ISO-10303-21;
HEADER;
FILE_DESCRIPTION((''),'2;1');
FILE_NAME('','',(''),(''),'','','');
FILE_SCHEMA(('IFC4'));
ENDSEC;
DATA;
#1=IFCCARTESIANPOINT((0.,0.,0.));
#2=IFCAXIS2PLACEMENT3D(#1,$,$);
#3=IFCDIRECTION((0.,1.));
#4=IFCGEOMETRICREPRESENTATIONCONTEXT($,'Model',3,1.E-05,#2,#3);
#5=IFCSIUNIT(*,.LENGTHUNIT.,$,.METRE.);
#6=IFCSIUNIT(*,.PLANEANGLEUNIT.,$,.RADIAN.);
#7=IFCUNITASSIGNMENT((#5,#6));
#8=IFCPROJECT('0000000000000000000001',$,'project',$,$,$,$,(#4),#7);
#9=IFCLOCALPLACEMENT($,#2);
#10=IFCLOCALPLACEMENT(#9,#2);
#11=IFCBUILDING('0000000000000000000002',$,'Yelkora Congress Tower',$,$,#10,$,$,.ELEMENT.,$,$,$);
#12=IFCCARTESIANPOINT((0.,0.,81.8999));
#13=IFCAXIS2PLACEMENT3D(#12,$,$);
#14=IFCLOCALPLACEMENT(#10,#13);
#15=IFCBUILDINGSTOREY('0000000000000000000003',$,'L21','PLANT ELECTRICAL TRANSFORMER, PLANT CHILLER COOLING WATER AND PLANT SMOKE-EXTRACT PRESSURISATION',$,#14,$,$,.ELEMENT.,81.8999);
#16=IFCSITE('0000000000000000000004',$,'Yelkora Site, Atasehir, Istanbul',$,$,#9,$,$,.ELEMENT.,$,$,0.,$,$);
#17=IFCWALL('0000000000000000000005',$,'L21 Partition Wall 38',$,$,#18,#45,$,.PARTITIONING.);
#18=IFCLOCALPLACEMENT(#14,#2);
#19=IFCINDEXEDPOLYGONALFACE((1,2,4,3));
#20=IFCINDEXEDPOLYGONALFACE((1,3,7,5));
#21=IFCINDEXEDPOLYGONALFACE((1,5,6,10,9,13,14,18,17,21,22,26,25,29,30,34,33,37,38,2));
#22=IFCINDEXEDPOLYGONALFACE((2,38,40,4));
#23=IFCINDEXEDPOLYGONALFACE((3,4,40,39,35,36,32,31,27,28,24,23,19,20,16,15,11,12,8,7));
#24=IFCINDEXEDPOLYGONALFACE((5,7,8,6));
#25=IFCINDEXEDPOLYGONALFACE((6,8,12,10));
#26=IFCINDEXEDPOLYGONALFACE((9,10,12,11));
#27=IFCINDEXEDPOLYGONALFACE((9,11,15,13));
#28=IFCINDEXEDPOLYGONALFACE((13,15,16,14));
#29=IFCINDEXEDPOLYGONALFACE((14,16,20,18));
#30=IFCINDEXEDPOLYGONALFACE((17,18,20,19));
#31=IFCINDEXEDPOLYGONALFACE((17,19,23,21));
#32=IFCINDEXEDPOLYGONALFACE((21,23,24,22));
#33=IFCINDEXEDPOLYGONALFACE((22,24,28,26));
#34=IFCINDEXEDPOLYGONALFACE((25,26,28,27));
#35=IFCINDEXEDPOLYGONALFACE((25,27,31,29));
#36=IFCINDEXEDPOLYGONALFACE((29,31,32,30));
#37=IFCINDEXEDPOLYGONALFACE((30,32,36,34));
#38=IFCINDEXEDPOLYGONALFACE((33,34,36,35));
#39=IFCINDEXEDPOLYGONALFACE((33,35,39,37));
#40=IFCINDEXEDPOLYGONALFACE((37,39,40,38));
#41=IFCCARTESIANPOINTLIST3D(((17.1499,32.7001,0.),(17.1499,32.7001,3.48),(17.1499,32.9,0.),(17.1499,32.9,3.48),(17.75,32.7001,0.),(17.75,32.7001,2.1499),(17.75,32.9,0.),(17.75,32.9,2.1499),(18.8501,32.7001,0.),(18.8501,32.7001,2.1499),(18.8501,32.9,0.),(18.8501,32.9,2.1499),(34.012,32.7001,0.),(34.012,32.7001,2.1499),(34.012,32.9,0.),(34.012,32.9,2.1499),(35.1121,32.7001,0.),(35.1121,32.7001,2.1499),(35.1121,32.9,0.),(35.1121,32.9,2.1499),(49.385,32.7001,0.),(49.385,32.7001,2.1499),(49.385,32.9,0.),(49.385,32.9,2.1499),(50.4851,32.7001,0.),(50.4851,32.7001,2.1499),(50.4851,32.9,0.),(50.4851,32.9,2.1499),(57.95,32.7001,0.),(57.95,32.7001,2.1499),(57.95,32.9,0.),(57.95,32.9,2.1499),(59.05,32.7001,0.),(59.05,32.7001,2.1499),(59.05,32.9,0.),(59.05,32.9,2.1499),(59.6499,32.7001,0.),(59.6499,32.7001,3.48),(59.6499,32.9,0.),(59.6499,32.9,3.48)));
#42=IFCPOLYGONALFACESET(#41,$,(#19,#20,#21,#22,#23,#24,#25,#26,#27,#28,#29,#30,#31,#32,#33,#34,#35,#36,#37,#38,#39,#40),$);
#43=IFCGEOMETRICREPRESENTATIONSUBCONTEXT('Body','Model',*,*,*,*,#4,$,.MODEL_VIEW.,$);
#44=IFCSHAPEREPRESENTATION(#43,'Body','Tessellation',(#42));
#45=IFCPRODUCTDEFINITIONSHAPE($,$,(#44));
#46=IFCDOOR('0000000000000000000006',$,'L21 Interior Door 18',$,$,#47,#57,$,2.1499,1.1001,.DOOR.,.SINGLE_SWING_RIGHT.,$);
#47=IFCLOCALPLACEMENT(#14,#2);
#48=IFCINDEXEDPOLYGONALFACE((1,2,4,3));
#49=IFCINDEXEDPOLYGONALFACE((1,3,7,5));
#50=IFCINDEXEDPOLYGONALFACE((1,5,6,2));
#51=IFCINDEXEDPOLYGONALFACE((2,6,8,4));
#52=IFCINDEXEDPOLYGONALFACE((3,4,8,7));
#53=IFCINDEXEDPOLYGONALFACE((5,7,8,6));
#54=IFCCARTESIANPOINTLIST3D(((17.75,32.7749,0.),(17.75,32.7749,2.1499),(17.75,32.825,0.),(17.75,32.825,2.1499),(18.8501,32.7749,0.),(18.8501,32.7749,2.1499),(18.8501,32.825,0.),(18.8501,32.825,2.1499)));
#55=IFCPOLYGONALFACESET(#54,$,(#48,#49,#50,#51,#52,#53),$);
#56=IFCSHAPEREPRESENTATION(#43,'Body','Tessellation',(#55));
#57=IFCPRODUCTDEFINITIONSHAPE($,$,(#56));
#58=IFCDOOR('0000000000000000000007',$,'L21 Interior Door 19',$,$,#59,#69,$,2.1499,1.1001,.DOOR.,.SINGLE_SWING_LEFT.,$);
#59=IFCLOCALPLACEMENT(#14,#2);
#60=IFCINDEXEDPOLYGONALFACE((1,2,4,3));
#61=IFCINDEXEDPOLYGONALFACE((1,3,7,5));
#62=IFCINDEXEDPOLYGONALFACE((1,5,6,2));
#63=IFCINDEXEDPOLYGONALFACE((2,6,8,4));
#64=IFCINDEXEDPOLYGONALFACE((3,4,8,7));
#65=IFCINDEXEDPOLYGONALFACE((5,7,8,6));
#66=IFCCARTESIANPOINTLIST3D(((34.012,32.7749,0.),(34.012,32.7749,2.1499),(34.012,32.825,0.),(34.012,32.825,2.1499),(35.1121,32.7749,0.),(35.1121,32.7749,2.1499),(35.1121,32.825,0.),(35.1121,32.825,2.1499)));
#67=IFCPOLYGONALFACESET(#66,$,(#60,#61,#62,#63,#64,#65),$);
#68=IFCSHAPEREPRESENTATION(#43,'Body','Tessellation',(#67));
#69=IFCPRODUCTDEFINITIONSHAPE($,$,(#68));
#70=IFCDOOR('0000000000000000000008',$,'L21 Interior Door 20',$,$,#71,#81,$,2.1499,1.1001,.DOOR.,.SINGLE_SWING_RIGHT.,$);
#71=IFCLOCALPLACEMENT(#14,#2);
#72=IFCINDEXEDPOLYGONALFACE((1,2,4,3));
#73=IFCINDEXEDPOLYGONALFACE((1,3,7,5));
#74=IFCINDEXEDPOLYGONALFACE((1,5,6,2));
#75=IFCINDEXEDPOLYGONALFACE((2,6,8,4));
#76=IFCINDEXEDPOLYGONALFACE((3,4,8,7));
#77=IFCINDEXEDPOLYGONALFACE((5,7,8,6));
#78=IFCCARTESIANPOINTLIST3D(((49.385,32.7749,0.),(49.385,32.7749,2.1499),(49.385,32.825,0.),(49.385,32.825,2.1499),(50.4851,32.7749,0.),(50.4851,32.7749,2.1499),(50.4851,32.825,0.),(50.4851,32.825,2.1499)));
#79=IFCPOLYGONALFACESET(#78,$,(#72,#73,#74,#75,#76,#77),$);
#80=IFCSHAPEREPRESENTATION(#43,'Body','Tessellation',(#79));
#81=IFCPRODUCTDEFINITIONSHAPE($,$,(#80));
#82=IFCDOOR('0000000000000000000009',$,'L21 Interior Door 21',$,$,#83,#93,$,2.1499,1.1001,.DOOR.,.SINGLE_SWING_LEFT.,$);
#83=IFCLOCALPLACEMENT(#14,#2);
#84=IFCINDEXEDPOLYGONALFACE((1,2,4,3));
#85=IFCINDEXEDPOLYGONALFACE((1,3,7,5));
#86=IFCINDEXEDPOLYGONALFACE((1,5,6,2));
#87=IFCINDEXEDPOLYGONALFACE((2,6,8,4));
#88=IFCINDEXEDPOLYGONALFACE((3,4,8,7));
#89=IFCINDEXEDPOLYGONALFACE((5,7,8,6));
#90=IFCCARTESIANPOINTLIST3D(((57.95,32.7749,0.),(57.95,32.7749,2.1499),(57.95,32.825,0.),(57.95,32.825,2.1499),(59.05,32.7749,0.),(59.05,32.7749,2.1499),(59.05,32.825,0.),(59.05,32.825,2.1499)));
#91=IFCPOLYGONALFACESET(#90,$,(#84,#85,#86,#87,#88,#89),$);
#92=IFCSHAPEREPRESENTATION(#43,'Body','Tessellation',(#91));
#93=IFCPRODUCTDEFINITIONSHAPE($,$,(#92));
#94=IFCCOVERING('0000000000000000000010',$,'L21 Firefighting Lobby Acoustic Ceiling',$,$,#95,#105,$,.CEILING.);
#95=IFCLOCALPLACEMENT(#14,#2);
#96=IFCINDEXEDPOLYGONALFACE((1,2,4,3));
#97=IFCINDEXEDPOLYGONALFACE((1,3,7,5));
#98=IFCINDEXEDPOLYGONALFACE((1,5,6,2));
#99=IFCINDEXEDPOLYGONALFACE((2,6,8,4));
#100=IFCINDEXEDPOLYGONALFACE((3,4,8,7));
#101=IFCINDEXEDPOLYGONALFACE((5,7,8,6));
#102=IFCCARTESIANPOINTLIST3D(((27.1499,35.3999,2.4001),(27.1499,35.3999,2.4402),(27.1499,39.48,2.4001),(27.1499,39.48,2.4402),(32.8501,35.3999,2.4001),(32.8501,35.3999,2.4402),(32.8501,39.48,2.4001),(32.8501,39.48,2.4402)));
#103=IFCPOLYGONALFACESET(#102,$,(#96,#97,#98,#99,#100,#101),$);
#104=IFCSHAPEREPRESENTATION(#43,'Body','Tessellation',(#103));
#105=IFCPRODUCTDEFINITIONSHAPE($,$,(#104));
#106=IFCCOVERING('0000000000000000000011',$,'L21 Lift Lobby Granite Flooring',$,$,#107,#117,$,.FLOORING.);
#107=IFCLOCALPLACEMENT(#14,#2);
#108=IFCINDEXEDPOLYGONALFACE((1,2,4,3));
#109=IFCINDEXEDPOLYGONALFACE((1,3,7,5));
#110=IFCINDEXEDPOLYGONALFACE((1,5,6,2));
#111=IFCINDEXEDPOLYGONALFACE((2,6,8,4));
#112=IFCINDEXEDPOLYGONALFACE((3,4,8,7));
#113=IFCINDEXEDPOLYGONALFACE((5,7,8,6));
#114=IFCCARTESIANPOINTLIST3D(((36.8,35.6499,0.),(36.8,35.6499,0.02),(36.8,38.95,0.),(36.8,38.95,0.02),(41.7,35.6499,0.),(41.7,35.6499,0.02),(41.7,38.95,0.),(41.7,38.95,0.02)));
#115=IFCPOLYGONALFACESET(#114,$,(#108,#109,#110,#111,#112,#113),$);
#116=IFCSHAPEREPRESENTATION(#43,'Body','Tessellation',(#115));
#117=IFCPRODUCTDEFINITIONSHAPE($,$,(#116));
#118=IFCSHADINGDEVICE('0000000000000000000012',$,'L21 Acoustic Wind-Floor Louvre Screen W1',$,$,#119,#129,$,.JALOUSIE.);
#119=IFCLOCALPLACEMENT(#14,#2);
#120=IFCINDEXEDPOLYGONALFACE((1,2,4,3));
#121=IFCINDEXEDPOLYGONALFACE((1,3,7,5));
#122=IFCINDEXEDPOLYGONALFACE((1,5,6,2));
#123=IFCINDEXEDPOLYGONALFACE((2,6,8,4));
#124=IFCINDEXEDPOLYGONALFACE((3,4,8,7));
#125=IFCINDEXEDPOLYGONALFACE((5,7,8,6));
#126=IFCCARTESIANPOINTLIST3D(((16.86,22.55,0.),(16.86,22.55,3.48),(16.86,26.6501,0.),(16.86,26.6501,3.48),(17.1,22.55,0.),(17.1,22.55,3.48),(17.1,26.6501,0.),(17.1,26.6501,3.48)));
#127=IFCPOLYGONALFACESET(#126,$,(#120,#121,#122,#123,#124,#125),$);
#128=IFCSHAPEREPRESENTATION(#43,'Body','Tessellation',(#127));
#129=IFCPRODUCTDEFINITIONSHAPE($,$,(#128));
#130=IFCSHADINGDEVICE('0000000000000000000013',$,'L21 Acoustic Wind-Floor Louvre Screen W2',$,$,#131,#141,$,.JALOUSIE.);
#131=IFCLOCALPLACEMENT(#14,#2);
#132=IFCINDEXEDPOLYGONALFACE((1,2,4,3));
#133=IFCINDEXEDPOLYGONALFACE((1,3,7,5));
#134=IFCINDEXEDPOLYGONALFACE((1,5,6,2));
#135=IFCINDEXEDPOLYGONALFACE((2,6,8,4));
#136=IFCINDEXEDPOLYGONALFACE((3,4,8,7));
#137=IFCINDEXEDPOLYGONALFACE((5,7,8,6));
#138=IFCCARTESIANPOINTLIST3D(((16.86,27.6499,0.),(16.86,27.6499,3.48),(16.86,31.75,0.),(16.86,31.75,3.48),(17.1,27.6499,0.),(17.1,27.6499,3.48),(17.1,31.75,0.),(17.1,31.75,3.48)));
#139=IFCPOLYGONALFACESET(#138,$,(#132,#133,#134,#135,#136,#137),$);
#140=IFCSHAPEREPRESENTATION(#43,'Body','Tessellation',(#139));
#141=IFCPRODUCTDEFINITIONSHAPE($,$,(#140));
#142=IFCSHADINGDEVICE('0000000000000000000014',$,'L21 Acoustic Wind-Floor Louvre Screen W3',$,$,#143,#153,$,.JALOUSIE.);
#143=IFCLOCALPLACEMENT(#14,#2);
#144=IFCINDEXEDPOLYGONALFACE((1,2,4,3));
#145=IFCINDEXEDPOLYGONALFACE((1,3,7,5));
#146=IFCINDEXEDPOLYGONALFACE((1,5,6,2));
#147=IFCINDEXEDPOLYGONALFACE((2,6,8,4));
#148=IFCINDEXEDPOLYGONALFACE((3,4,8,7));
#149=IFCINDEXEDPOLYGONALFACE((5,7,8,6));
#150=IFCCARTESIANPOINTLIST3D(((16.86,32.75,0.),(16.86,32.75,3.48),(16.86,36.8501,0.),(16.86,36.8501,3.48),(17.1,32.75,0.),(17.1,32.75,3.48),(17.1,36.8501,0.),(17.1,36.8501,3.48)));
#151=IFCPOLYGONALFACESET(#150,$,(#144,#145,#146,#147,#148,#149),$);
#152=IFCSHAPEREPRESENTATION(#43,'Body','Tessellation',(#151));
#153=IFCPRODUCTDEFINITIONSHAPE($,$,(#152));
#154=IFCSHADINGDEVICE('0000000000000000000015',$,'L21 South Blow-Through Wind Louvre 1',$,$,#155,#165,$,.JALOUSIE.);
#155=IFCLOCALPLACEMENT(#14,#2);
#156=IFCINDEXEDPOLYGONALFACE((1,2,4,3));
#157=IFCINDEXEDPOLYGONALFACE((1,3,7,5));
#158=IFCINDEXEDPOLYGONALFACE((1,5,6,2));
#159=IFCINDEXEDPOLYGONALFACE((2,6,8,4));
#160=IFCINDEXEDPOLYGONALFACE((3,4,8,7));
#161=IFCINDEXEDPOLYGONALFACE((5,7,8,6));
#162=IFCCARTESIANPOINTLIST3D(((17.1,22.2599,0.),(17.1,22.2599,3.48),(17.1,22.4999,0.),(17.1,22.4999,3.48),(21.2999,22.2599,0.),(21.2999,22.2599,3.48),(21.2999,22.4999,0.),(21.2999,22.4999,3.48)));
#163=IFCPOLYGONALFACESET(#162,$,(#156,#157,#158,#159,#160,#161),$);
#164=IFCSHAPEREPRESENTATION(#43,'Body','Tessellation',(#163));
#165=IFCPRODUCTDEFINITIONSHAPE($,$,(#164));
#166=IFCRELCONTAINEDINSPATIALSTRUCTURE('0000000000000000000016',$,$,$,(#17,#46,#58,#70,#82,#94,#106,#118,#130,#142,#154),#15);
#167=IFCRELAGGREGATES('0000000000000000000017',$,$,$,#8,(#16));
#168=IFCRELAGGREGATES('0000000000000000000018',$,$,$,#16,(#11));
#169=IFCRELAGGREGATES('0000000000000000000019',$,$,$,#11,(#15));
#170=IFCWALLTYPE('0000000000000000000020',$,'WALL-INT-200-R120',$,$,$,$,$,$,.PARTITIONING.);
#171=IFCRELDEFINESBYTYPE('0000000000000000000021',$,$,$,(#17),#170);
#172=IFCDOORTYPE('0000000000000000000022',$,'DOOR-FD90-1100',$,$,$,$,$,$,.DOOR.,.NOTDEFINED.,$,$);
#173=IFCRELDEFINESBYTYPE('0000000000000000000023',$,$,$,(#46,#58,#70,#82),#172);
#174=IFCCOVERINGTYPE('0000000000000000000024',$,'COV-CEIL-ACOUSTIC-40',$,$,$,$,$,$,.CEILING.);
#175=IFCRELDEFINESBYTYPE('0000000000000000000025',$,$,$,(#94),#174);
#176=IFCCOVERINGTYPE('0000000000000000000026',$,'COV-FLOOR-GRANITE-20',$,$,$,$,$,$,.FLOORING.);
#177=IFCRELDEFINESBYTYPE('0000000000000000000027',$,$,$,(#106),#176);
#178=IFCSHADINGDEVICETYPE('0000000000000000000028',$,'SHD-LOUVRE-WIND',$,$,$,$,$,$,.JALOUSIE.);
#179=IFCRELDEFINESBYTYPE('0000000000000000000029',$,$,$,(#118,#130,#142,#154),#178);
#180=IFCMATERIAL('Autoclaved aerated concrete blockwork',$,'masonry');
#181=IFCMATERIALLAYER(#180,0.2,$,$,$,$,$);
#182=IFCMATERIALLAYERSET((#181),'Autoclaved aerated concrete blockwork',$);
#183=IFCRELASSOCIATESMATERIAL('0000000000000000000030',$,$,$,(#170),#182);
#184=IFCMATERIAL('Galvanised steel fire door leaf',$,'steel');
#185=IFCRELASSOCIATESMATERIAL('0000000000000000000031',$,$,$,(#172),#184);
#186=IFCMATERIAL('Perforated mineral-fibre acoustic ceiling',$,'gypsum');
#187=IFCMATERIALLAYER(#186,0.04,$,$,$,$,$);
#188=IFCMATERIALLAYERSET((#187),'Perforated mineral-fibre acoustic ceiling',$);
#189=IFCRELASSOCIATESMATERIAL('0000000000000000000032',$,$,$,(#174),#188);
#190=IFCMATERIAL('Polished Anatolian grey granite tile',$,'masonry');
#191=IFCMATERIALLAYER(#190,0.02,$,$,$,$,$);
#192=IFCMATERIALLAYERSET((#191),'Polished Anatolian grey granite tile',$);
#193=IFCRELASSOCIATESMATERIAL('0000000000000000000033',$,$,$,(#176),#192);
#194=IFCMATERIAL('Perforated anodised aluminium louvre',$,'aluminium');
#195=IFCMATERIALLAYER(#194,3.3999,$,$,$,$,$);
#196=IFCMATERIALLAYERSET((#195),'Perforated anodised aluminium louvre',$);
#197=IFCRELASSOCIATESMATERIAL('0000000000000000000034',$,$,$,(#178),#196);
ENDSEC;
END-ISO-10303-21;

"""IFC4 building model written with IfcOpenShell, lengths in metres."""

from ifc_helpers import new_model, si_unit, direction, frame, frame_2d, origin, origin_2d, place, context, subcontext, project, spatial, polyline, rectangle, outline, extrude, material, layer, layer_set, type_object, element, fill, save


model = new_model("IFC4")

# Units and contexts
model_context = context("Model", 3, precision=1e-05, world=origin(), true_north=direction((0.0, 1.0)))
body_context = subcontext(model_context, "Body", "Model", "MODEL_VIEW")
ifc_project = project(units=[si_unit("LENGTHUNIT", "METRE"), si_unit("PLANEANGLEUNIT", "RADIAN")], contexts=[model_context])

# Site, building, storey
site_placement = place(None, origin())
site = spatial("IfcSite", under=ifc_project, at=site_placement, Name="Yelkora Site, Atasehir, Istanbul", CompositionType="ELEMENT", RefElevation=0.0)
building_placement = place(site_placement, origin())
building = spatial("IfcBuilding", under=site, at=building_placement, Name="Yelkora Congress Tower", CompositionType="ELEMENT")
storey_placement = place(building_placement, frame((0.0, 0.0, 81.8999)))
storey = spatial("IfcBuildingStorey", under=building, at=storey_placement, Name="L21", Description="PLANT ELECTRICAL TRANSFORMER, PLANT CHILLER COOLING WATER AND PLANT SMOKE-EXTRACT PRESSURISATION", CompositionType="ELEMENT", Elevation=81.8999)

# Shared definitions
ifc_material_1 = material(Name="Autoclaved aerated concrete blockwork", Category="masonry")
ifc_layer_1 = layer(ifc_material_1, 0.2)
ifc_layer_set_1 = layer_set([ifc_layer_1], Name="Autoclaved aerated concrete blockwork")
wall_type_1 = type_object("IfcWallType", Name="WALL-INT-200-R120", PredefinedType="PARTITIONING", material=ifc_layer_set_1)

# Wall, openings, doors
wall_1_placement = place(storey_placement, frame((17.1499, 32.8, 0.0), z_axis=(0.0, 0.0, 1.0), x_axis=(1.0, 0.0, 0.0)))
wall_1 = element("IfcWall", 1, at=wall_1_placement, inside=storey, type_object=wall_type_1, Name="L21 Partition Wall 38", PredefinedType="PARTITIONING", context=body_context, shape_type="SweptSolid", body=[
    extrude(rectangle(XDim=42.5, YDim=0.2, at=frame_2d((21.25, 0.0))), origin(), (0.0, 0.0, 1.0), 3.48),
])
opening_1_placement = place(wall_1_placement, frame((0.6001, 0.0, 0.0)))
opening_1 = element("IfcOpeningElement", 2, at=opening_1_placement, cuts=wall_1, PredefinedType="OPENING", context=body_context, shape_type="SweptSolid", body=[
    extrude(rectangle(XDim=1.1001, YDim=2.1499, at=frame_2d((0.55, 1.075))), frame((0.0, 0.1099, 0.0), z_axis=(0.0, -1.0, 0.0), x_axis=(1.0, 0.0, 0.0)), (0.0, 0.0, 1.0), 0.22),
])
opening_2_placement = place(wall_1_placement, frame((16.8621, 0.0, 0.0)))
opening_2 = element("IfcOpeningElement", 3, at=opening_2_placement, cuts=wall_1, PredefinedType="OPENING", context=body_context, shape_type="SweptSolid", body=[
    extrude(rectangle(XDim=1.1001, YDim=2.1499, at=frame_2d((0.55, 1.075))), frame((0.0, 0.1099, 0.0), z_axis=(0.0, -1.0, 0.0), x_axis=(1.0, 0.0, 0.0)), (0.0, 0.0, 1.0), 0.22),
])
opening_3_placement = place(wall_1_placement, frame((32.2351, 0.0, 0.0)))
opening_3 = element("IfcOpeningElement", 4, at=opening_3_placement, cuts=wall_1, PredefinedType="OPENING", context=body_context, shape_type="SweptSolid", body=[
    extrude(rectangle(XDim=1.1001, YDim=2.1499, at=frame_2d((0.55, 1.075))), frame((0.0, 0.1099, 0.0), z_axis=(0.0, -1.0, 0.0), x_axis=(1.0, 0.0, 0.0)), (0.0, 0.0, 1.0), 0.22),
])
opening_4_placement = place(wall_1_placement, frame((40.8, 0.0, 0.0)))
opening_4 = element("IfcOpeningElement", 5, at=opening_4_placement, cuts=wall_1, PredefinedType="OPENING", context=body_context, shape_type="SweptSolid", body=[
    extrude(rectangle(XDim=1.1001, YDim=2.1499, at=frame_2d((0.55, 1.075))), frame((0.0, 0.1099, 0.0), z_axis=(0.0, -1.0, 0.0), x_axis=(1.0, 0.0, 0.0)), (0.0, 0.0, 1.0), 0.22),
])
ifc_material_2 = material(Name="Galvanised steel fire door leaf", Category="steel")
door_type = type_object("IfcDoorType", Name="DOOR-FD90-1100", OperationType="NOTDEFINED", PredefinedType="DOOR", material=ifc_material_2)
door_1_placement = place(opening_1_placement, origin())
door_1 = element("IfcDoor", 6, at=door_1_placement, inside=storey, type_object=door_type, Name="L21 Interior Door 18", OperationType="SINGLE_SWING_RIGHT", OverallHeight=2.1499, OverallWidth=1.1001, PredefinedType="DOOR", context=body_context, shape_type="SweptSolid", body=[
    extrude(rectangle(XDim=1.1001, YDim=2.1499, at=frame_2d((0.55, 1.075))), frame((0.0, 0.0249, 0.0), z_axis=(0.0, -1.0, 0.0), x_axis=(1.0, 0.0, 0.0)), (0.0, 0.0, 1.0), 0.05),
])
fill(opening_1, door_1)
door_2_placement = place(opening_2_placement, origin())
door_2 = element("IfcDoor", 7, at=door_2_placement, inside=storey, type_object=door_type, Name="L21 Interior Door 19", OperationType="SINGLE_SWING_LEFT", OverallHeight=2.1499, OverallWidth=1.1001, PredefinedType="DOOR", context=body_context, shape_type="SweptSolid", body=[
    extrude(rectangle(XDim=1.1001, YDim=2.1499, at=frame_2d((0.55, 1.075))), frame((0.0, 0.0249, 0.0), z_axis=(0.0, -1.0, 0.0), x_axis=(1.0, 0.0, 0.0)), (0.0, 0.0, 1.0), 0.05),
])
fill(opening_2, door_2)
door_3_placement = place(opening_3_placement, origin())
door_3 = element("IfcDoor", 8, at=door_3_placement, inside=storey, type_object=door_type, Name="L21 Interior Door 20", OperationType="SINGLE_SWING_RIGHT", OverallHeight=2.1499, OverallWidth=1.1001, PredefinedType="DOOR", context=body_context, shape_type="SweptSolid", body=[
    extrude(rectangle(XDim=1.1001, YDim=2.1499, at=frame_2d((0.55, 1.075))), frame((0.0, 0.0249, 0.0), z_axis=(0.0, -1.0, 0.0), x_axis=(1.0, 0.0, 0.0)), (0.0, 0.0, 1.0), 0.05),
])
fill(opening_3, door_3)
door_4_placement = place(opening_4_placement, origin())
door_4 = element("IfcDoor", 9, at=door_4_placement, inside=storey, type_object=door_type, Name="L21 Interior Door 21", OperationType="SINGLE_SWING_LEFT", OverallHeight=2.1499, OverallWidth=1.1001, PredefinedType="DOOR", context=body_context, shape_type="SweptSolid", body=[
    extrude(rectangle(XDim=1.1001, YDim=2.1499, at=frame_2d((0.55, 1.075))), frame((0.0, 0.0249, 0.0), z_axis=(0.0, -1.0, 0.0), x_axis=(1.0, 0.0, 0.0)), (0.0, 0.0, 1.0), 0.05),
])
fill(opening_4, door_4)

# Coverings
ifc_material_3 = material(Name="Perforated mineral-fibre acoustic ceiling", Category="gypsum")
ifc_layer_2 = layer(ifc_material_3, 0.04)
ifc_layer_set_2 = layer_set([ifc_layer_2], Name="Perforated mineral-fibre acoustic ceiling")
covering_type_1 = type_object("IfcCoveringType", Name="COV-CEIL-ACOUSTIC-40", PredefinedType="CEILING", material=ifc_layer_set_2)
covering_1_placement = place(storey_placement, frame((0.0, 0.0, 2.4001)))
element("IfcCovering", 10, at=covering_1_placement, inside=storey, type_object=covering_type_1, Name="L21 Firefighting Lobby Acoustic Ceiling", PredefinedType="CEILING", context=body_context, shape_type="SweptSolid", body=[
    extrude(outline(polyline([(27.1499, 35.3999), (32.8501, 35.3999), (32.8501, 39.48), (27.1499, 39.48), (27.1499, 35.3999)])), origin(), (0.0, 0.0, 1.0), 0.04),
])
ifc_material_4 = material(Name="Polished Anatolian grey granite tile", Category="masonry")
ifc_layer_3 = layer(ifc_material_4, 0.02)
ifc_layer_set_3 = layer_set([ifc_layer_3], Name="Polished Anatolian grey granite tile")
covering_type_2 = type_object("IfcCoveringType", Name="COV-FLOOR-GRANITE-20", PredefinedType="FLOORING", material=ifc_layer_set_3)
covering_2_placement = place(storey_placement, origin())
element("IfcCovering", 11, at=covering_2_placement, inside=storey, type_object=covering_type_2, Name="L21 Lift Lobby Granite Flooring", PredefinedType="FLOORING", context=body_context, shape_type="SweptSolid", body=[
    extrude(outline(polyline([(36.8, 35.6499), (41.7, 35.6499), (41.7, 38.95), (36.8, 38.95), (36.8, 35.6499)])), origin(), (0.0, 0.0, 1.0), 0.02),
])

# Shading devices
ifc_material_5 = material(Name="Perforated anodised aluminium louvre", Category="aluminium")
ifc_layer_4 = layer(ifc_material_5, 3.3999)
ifc_layer_set_4 = layer_set([ifc_layer_4], Name="Perforated anodised aluminium louvre")
shading_device_type = type_object("IfcShadingDeviceType", Name="SHD-LOUVRE-WIND", PredefinedType="JALOUSIE", material=ifc_layer_set_4)
for number, where, z_axis, x_axis, name in (
    (12, (16.98, 24.6001, 0.0), (0.0, 0.0, 1.0), (1.0, 0.0, 0.0), "L21 Acoustic Wind-Floor Louvre Screen W1"),
    (13, (16.98, 29.7, 0.0), (0.0, 0.0, 1.0), (1.0, 0.0, 0.0), "L21 Acoustic Wind-Floor Louvre Screen W2"),
    (14, (16.98, 34.8, 0.0), (0.0, 0.0, 1.0), (1.0, 0.0, 0.0), "L21 Acoustic Wind-Floor Louvre Screen W3"),
):
    element("IfcShadingDevice", number, at=place(storey_placement, frame(where, z_axis=z_axis, x_axis=x_axis)), inside=storey, type_object=shading_device_type, Name=name, PredefinedType="JALOUSIE", context=body_context, shape_type="SweptSolid", body=[
        extrude(rectangle(XDim=0.24, YDim=4.1001, at=origin_2d()), origin(), (0.0, 0.0, 1.0), 3.48),
    ])
shading_device_placement = place(storey_placement, frame((19.2, 22.3799, 0.0), z_axis=(0.0, 0.0, 1.0), x_axis=(1.0, 0.0, 0.0)))
element("IfcShadingDevice", 15, at=shading_device_placement, inside=storey, type_object=shading_device_type, Name="L21 South Blow-Through Wind Louvre 1", PredefinedType="JALOUSIE", context=body_context, shape_type="SweptSolid", body=[
    extrude(rectangle(XDim=4.2, YDim=0.24, at=origin_2d()), origin(), (0.0, 0.0, 1.0), 3.48),
])

save(model, "model.ifc")
